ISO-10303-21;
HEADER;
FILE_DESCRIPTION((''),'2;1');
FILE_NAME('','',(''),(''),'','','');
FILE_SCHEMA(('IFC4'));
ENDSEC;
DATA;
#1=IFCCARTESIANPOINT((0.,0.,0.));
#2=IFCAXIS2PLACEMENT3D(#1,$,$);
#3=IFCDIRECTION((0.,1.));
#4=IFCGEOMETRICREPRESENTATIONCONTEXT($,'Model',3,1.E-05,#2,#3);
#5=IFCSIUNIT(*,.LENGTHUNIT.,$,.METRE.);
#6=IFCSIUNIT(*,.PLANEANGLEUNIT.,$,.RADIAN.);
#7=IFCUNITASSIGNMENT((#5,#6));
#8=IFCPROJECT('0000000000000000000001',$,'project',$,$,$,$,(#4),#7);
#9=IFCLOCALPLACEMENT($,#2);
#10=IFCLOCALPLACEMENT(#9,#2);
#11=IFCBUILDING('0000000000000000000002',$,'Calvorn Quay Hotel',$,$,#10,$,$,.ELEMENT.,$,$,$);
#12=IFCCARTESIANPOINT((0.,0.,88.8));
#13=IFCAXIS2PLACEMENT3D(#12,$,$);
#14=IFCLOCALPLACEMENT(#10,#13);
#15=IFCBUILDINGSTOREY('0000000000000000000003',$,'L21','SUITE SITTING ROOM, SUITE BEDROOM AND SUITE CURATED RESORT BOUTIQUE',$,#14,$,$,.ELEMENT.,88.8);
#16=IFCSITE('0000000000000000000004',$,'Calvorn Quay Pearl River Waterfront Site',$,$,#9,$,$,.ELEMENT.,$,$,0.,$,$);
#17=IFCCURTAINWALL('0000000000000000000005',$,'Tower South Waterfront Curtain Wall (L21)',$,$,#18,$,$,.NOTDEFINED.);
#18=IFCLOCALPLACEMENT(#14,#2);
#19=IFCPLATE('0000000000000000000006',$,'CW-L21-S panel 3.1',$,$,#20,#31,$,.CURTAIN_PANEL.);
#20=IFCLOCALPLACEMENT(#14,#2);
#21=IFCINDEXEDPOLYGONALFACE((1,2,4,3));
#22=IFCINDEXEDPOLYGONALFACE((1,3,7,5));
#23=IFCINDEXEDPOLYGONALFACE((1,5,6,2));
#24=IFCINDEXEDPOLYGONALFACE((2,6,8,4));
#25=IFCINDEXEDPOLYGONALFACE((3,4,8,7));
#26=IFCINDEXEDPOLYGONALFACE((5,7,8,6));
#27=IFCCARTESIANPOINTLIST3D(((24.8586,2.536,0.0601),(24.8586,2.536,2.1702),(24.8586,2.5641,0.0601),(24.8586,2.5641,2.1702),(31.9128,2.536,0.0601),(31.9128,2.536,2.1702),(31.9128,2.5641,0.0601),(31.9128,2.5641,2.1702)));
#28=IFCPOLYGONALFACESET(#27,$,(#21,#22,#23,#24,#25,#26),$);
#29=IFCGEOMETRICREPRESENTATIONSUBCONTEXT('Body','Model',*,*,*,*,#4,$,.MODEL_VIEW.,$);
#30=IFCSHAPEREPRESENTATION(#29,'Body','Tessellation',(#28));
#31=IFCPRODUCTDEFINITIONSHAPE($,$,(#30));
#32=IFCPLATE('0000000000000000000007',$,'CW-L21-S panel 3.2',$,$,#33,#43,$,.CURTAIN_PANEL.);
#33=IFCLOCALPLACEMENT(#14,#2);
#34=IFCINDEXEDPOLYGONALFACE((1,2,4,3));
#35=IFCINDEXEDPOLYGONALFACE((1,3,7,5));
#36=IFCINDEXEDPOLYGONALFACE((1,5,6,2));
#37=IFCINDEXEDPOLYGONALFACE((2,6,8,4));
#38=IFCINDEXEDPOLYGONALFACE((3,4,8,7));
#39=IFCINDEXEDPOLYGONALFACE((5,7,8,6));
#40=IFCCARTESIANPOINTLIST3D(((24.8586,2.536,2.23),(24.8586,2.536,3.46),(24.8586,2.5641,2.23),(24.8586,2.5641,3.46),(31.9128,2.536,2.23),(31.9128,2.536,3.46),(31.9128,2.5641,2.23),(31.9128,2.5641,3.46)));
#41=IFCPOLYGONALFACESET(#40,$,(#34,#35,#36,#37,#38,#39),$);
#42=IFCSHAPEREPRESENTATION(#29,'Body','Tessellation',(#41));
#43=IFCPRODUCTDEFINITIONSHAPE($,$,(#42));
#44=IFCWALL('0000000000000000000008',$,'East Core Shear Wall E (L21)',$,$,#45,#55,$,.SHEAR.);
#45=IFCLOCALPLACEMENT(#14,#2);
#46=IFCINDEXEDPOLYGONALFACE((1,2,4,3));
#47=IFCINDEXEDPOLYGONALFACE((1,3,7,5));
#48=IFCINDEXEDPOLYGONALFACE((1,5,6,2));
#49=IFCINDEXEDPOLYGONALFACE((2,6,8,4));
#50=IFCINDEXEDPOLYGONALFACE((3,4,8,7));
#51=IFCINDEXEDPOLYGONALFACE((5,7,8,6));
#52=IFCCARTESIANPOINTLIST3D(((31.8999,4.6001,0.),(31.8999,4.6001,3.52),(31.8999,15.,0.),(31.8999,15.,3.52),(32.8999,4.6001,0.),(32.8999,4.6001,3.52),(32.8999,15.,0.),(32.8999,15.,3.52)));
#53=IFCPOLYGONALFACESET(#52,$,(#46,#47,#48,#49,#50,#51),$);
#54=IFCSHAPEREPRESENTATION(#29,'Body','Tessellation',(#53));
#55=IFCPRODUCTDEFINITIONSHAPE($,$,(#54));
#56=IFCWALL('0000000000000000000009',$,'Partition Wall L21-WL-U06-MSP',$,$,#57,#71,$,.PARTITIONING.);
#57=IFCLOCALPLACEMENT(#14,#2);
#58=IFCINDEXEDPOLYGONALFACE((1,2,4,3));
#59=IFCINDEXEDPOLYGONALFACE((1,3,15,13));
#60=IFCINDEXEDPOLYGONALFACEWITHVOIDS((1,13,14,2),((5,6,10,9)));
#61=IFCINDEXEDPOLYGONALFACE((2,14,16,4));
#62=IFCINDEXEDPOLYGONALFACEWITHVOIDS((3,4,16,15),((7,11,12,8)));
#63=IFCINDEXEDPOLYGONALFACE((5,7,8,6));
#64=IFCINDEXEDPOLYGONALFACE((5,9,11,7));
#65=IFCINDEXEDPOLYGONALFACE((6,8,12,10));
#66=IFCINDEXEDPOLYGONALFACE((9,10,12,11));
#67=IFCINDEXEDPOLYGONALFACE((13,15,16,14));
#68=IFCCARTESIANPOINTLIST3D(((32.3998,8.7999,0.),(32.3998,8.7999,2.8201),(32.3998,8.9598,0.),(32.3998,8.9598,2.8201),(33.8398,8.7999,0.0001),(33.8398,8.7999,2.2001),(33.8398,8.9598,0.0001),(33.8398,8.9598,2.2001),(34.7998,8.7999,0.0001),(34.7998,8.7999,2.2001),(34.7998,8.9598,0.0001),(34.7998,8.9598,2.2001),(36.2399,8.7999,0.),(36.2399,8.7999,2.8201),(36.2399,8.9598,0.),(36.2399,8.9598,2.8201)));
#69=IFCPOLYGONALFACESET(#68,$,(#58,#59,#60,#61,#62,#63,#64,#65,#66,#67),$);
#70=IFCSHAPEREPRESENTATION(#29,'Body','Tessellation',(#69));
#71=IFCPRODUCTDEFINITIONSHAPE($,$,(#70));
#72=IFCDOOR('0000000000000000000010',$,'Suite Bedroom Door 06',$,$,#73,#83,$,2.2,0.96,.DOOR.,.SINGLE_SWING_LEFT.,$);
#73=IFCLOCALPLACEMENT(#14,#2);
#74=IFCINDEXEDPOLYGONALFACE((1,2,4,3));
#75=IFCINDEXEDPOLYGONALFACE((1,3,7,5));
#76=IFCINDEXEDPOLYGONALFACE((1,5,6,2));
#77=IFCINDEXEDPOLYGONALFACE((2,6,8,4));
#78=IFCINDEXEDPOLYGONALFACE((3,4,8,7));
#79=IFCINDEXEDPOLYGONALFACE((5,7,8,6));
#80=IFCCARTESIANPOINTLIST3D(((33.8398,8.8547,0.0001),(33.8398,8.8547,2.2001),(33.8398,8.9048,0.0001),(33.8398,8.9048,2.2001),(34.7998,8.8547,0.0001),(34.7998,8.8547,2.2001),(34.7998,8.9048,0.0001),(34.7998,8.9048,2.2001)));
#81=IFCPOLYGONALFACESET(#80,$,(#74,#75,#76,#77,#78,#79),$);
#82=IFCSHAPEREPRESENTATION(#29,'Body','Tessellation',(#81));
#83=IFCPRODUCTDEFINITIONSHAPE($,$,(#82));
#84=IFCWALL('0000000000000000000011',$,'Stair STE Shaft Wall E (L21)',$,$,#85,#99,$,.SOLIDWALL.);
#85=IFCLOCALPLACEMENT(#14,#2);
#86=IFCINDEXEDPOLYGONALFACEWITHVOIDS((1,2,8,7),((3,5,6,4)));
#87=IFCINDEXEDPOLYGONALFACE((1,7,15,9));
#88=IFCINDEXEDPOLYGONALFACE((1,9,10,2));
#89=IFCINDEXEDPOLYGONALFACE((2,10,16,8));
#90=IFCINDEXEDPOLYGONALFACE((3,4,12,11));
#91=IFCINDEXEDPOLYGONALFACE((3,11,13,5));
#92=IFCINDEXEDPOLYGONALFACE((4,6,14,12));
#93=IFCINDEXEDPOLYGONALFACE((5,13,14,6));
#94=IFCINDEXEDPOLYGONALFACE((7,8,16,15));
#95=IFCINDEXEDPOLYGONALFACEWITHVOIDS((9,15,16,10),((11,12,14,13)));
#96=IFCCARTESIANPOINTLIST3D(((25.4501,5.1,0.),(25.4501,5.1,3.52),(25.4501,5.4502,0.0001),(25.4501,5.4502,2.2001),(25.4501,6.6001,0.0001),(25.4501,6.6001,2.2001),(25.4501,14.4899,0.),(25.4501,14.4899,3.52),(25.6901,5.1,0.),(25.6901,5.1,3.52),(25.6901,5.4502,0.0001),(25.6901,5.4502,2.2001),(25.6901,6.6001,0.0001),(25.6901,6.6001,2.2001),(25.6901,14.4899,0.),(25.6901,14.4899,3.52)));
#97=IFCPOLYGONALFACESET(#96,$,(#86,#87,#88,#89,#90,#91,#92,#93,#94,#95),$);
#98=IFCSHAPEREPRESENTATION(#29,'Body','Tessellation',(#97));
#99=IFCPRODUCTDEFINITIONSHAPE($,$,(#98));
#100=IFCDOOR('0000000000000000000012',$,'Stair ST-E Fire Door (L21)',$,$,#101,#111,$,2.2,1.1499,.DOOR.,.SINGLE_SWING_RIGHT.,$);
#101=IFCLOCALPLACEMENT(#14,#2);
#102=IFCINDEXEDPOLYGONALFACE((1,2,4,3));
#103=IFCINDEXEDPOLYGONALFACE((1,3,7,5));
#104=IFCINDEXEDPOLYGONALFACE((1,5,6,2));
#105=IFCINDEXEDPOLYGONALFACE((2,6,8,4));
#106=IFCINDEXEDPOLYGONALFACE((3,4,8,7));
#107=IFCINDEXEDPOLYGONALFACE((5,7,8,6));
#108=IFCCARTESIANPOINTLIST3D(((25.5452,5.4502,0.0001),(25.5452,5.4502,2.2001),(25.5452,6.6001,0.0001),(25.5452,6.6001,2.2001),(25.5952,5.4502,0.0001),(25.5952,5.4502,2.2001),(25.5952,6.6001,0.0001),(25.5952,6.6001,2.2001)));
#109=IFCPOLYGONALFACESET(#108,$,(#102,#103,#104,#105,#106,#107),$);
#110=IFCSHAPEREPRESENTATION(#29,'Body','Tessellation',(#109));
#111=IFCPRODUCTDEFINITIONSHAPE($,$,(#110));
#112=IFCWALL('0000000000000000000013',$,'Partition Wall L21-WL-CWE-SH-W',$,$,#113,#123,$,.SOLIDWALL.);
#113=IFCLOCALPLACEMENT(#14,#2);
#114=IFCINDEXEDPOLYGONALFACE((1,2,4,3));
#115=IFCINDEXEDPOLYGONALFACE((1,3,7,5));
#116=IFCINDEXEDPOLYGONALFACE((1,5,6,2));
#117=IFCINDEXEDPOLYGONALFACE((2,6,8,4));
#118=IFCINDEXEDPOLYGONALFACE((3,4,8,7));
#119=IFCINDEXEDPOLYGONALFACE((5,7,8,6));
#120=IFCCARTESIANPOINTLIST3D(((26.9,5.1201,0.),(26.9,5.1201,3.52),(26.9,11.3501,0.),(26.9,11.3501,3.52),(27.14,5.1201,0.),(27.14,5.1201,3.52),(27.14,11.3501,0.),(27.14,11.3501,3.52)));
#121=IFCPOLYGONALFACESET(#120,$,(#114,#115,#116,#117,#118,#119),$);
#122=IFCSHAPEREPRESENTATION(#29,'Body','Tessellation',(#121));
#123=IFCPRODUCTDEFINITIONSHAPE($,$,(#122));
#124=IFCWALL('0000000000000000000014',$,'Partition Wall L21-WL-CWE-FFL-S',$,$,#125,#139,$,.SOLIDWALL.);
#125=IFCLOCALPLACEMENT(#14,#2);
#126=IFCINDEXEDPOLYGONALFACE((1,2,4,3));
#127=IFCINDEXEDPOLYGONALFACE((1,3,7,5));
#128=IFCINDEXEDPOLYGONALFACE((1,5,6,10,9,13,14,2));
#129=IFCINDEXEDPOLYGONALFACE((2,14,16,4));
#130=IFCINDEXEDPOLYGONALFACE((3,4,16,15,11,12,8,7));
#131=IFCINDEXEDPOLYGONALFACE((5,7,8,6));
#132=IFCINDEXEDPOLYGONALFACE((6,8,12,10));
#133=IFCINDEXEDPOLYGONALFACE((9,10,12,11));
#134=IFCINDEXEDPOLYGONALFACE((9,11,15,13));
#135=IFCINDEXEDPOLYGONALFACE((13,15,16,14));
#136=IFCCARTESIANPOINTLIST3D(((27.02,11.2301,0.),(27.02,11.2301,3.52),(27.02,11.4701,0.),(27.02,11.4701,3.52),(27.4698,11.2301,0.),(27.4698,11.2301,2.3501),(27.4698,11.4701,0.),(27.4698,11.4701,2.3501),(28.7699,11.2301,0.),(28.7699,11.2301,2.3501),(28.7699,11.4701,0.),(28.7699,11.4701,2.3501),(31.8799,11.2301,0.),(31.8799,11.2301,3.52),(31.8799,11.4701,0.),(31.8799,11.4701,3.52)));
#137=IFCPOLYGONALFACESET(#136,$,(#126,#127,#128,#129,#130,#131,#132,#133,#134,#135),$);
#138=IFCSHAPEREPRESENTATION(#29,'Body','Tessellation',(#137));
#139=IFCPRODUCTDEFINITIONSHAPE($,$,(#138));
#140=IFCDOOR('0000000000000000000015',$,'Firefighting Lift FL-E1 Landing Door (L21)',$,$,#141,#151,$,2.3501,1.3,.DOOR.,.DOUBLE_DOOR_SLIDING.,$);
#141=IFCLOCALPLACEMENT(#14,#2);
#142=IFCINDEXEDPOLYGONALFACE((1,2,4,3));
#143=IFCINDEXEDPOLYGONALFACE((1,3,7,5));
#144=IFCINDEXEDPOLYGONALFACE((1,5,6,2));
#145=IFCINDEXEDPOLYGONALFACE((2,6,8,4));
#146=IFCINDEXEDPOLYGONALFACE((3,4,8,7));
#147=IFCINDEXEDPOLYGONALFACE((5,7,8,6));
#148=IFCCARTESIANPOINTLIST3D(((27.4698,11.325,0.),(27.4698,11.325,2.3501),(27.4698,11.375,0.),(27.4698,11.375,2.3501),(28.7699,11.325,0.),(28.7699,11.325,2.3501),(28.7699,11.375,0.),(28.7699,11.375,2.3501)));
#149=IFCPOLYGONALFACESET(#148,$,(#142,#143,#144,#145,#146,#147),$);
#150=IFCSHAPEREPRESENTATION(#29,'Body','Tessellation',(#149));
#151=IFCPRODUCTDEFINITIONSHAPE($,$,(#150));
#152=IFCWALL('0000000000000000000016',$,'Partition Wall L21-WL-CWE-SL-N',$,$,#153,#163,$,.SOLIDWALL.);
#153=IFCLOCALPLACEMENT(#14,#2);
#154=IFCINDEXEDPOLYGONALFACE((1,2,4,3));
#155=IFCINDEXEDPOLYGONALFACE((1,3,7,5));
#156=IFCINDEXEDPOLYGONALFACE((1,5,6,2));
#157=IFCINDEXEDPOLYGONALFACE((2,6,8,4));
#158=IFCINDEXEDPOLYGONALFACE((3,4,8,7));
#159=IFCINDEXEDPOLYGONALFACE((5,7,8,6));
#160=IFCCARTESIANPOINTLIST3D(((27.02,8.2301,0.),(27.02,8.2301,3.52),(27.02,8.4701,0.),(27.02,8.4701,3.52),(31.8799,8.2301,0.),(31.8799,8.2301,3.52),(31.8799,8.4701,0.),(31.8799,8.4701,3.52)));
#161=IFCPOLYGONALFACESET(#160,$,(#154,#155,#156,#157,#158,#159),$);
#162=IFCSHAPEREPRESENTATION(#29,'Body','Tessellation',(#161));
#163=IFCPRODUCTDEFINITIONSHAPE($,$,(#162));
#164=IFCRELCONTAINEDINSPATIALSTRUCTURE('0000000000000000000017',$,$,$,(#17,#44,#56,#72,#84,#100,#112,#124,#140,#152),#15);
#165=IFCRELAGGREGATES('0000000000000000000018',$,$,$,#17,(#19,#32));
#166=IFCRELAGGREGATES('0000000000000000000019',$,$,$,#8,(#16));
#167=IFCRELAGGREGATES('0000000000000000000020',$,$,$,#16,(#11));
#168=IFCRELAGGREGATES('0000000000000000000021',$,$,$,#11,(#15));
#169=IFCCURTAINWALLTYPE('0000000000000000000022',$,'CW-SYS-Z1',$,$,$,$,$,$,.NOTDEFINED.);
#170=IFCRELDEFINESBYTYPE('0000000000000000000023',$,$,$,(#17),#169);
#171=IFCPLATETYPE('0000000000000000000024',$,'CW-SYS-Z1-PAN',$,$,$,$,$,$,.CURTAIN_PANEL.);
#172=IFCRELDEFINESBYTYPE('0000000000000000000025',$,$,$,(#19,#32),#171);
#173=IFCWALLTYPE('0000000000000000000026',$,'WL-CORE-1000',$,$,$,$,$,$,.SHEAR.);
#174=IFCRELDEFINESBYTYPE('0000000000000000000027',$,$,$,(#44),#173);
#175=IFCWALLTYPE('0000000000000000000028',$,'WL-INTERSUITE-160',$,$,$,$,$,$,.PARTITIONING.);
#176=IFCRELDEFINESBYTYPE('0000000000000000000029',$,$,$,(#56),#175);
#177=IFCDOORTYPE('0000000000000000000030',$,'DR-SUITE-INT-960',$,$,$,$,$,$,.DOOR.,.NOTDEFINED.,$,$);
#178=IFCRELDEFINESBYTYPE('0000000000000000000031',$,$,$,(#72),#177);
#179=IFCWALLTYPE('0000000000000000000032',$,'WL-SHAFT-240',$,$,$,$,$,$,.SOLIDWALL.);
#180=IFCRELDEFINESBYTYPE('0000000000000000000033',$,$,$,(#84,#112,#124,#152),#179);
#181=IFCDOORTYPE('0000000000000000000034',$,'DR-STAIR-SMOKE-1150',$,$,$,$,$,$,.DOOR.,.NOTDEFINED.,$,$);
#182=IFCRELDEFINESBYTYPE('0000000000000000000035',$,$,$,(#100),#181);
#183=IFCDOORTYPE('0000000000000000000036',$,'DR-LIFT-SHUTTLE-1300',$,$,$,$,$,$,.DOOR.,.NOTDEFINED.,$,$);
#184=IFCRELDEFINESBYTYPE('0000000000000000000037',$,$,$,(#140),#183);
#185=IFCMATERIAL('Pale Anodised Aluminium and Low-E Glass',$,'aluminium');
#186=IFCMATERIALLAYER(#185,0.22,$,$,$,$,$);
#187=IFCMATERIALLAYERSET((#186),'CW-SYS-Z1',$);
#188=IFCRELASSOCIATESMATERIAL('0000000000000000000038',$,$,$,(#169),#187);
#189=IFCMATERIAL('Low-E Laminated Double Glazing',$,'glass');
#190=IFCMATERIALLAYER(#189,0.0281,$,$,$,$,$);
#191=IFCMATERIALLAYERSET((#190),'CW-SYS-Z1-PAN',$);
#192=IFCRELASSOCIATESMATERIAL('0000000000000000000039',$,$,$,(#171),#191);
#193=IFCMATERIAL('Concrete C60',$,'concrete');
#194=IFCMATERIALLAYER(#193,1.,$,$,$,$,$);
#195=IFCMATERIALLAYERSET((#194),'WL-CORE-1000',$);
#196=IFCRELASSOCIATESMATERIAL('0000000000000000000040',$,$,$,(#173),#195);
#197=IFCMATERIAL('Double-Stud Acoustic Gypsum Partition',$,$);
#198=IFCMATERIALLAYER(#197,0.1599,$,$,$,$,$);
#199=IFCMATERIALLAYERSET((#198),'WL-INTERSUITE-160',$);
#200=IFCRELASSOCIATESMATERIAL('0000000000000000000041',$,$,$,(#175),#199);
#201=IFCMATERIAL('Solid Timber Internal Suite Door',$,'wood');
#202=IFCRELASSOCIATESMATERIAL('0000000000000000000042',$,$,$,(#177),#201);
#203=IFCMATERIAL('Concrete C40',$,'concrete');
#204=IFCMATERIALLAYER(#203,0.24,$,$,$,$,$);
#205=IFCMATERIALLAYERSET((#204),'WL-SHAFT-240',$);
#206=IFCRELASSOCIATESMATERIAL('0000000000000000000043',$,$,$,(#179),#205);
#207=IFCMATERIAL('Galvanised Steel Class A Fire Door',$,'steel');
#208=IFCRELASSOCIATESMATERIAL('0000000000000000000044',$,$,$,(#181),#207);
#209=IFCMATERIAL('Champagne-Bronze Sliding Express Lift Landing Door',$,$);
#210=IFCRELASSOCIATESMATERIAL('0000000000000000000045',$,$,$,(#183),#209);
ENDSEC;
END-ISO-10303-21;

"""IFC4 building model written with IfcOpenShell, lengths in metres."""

from ifc_helpers import new_model, si_unit, direction, frame, frame_2d, origin, origin_2d, place, context, subcontext, project, spatial, rectangle, extrude, material, layer, layer_set, type_object, element, fill, aggregate, save


model = new_model("IFC4")

# Units and contexts
model_context = context("Model", 3, precision=1e-05, world=origin(), true_north=direction((0.0, 1.0)))
body_context = subcontext(model_context, "Body", "Model", "MODEL_VIEW")
ifc_project = project(units=[si_unit("LENGTHUNIT", "METRE"), si_unit("PLANEANGLEUNIT", "RADIAN")], contexts=[model_context])

# Site, building, storey
site_placement = place(None, origin())
site = spatial("IfcSite", under=ifc_project, at=site_placement, Name="Calvorn Quay Pearl River Waterfront Site", CompositionType="ELEMENT", RefElevation=0.0)
building_placement = place(site_placement, origin())
building = spatial("IfcBuilding", under=site, at=building_placement, Name="Calvorn Quay Hotel", CompositionType="ELEMENT")
storey_placement = place(building_placement, frame((0.0, 0.0, 88.8)))
storey = spatial("IfcBuildingStorey", under=building, at=storey_placement, Name="L21", Description="SUITE SITTING ROOM, SUITE BEDROOM AND SUITE CURATED RESORT BOUTIQUE", CompositionType="ELEMENT", Elevation=88.8)

# Curtain wall, plates
ifc_material_1 = material(Name="Pale Anodised Aluminium and Low-E Glass", Category="aluminium")
ifc_layer_1 = layer(ifc_material_1, 0.22)
ifc_layer_set_1 = layer_set([ifc_layer_1], Name="CW-SYS-Z1")
curtain_wall_type = type_object("IfcCurtainWallType", Name="CW-SYS-Z1", PredefinedType="NOTDEFINED", material=ifc_layer_set_1)
curtain_wall_placement = place(storey_placement, origin())
curtain_wall = element("IfcCurtainWall", 1, at=curtain_wall_placement, inside=storey, type_object=curtain_wall_type, Name="Tower South Waterfront Curtain Wall (L21)", PredefinedType="NOTDEFINED")
ifc_material_2 = material(Name="Low-E Laminated Double Glazing", Category="glass")
ifc_layer_2 = layer(ifc_material_2, 0.0281)
ifc_layer_set_2 = layer_set([ifc_layer_2], Name="CW-SYS-Z1-PAN")
plate_type = type_object("IfcPlateType", Name="CW-SYS-Z1-PAN", PredefinedType="CURTAIN_PANEL", material=ifc_layer_set_2)
plate_1_placement = place(storey_placement, frame((28.3857, 2.55, 0.0601), z_axis=(0.0, 0.0, 1.0), x_axis=(1.0, 0.0, 0.0)))
plate_1 = element("IfcPlate", 2, at=plate_1_placement, type_object=plate_type, Name="CW-L21-S panel 3.1", PredefinedType="CURTAIN_PANEL", context=body_context, shape_type="SweptSolid", body=[
    extrude(rectangle(XDim=7.0542, YDim=0.0281, at=origin_2d()), origin(), (0.0, 0.0, 1.0), 2.1101),
])
plate_2_placement = place(storey_placement, frame((28.3857, 2.55, 2.23), z_axis=(0.0, 0.0, 1.0), x_axis=(1.0, 0.0, 0.0)))
plate_2 = element("IfcPlate", 3, at=plate_2_placement, type_object=plate_type, Name="CW-L21-S panel 3.2", PredefinedType="CURTAIN_PANEL", context=body_context, shape_type="SweptSolid", body=[
    extrude(rectangle(XDim=7.0542, YDim=0.0281, at=origin_2d()), origin(), (0.0, 0.0, 1.0), 1.23),
])
aggregate(curtain_wall, [plate_1, plate_2])

# Wall
ifc_material_3 = material(Name="Concrete C60", Category="concrete")
ifc_layer_3 = layer(ifc_material_3, 1.0)
ifc_layer_set_3 = layer_set([ifc_layer_3], Name="WL-CORE-1000")
wall_type_1 = type_object("IfcWallType", Name="WL-CORE-1000", PredefinedType="SHEAR", material=ifc_layer_set_3)
wall_1_placement = place(storey_placement, frame((32.3999, 4.6001, 0.0), z_axis=(0.0, 0.0, 1.0), x_axis=(0.0, 1.0, 0.0)))
element("IfcWall", 4, at=wall_1_placement, inside=storey, type_object=wall_type_1, Name="East Core Shear Wall E (L21)", PredefinedType="SHEAR", context=body_context, shape_type="SweptSolid", body=[
    extrude(rectangle(XDim=10.3999, YDim=1.0, at=frame_2d((5.2, 0.0))), origin(), (0.0, 0.0, 1.0), 3.52),
])

# Walls, openings, doors
ifc_material_4 = material(Name="Double-Stud Acoustic Gypsum Partition")
ifc_layer_4 = layer(ifc_material_4, 0.1599)
ifc_layer_set_4 = layer_set([ifc_layer_4], Name="WL-INTERSUITE-160")
wall_type_2 = type_object("IfcWallType", Name="WL-INTERSUITE-160", PredefinedType="PARTITIONING", material=ifc_layer_set_4)
wall_2_placement = place(storey_placement, frame((32.3999, 8.8799, 0.0), z_axis=(0.0, 0.0, 1.0), x_axis=(1.0, 0.0, 0.0)))
wall_2 = element("IfcWall", 5, at=wall_2_placement, inside=storey, type_object=wall_type_2, Name="Partition Wall L21-WL-U06-MSP", PredefinedType="PARTITIONING", context=body_context, shape_type="SweptSolid", body=[
    extrude(rectangle(XDim=3.8401, YDim=0.1599, at=frame_2d((1.9199, 0.0))), origin(), (0.0, 0.0, 1.0), 2.8201),
])
opening_1_placement = place(wall_2_placement, frame((1.4399, 0.0, 0.0)))
opening_1 = element("IfcOpeningElement", 6, at=opening_1_placement, cuts=wall_2, PredefinedType="OPENING", context=body_context, shape_type="SweptSolid", body=[
    extrude(rectangle(XDim=0.96, YDim=2.2, at=frame_2d((0.48, 1.1001))), frame((0.0, 0.0898, 0.0), z_axis=(0.0, -1.0, 0.0), x_axis=(1.0, 0.0, 0.0)), (0.0, 0.0, 1.0), 0.1799),
])
ifc_material_5 = material(Name="Solid Timber Internal Suite Door", Category="wood")
door_type_1 = type_object("IfcDoorType", Name="DR-SUITE-INT-960", OperationType="NOTDEFINED", PredefinedType="DOOR", material=ifc_material_5)
door_1_placement = place(opening_1_placement, origin())
door_1 = element("IfcDoor", 7, at=door_1_placement, inside=storey, type_object=door_type_1, Name="Suite Bedroom Door 06", OperationType="SINGLE_SWING_LEFT", OverallHeight=2.2, OverallWidth=0.96, PredefinedType="DOOR", context=body_context, shape_type="SweptSolid", body=[
    extrude(rectangle(XDim=0.96, YDim=2.2, at=frame_2d((0.48, 1.1001))), frame((0.0, 0.0249, 0.0), z_axis=(0.0, -1.0, 0.0), x_axis=(1.0, 0.0, 0.0)), (0.0, 0.0, 1.0), 0.05),
])
fill(opening_1, door_1)
ifc_material_6 = material(Name="Concrete C40", Category="concrete")
ifc_layer_5 = layer(ifc_material_6, 0.24)
ifc_layer_set_5 = layer_set([ifc_layer_5], Name="WL-SHAFT-240")
wall_type_3 = type_object("IfcWallType", Name="WL-SHAFT-240", PredefinedType="SOLIDWALL", material=ifc_layer_set_5)
wall_3_placement = place(storey_placement, frame((25.5701, 5.1001, 0.0), z_axis=(0.0, 0.0, 1.0), x_axis=(0.0, 1.0, 0.0)))
wall_3 = element("IfcWall", 8, at=wall_3_placement, inside=storey, type_object=wall_type_3, Name="Stair STE Shaft Wall E (L21)", PredefinedType="SOLIDWALL", context=body_context, shape_type="SweptSolid", body=[
    extrude(rectangle(XDim=9.3899, YDim=0.24, at=frame_2d((4.6948, 0.0))), origin(), (0.0, 0.0, 1.0), 3.52),
])
opening_2_placement = place(wall_3_placement, frame((0.3501, 0.0, 0.0)))
opening_2 = element("IfcOpeningElement", 9, at=opening_2_placement, cuts=wall_3, PredefinedType="OPENING", context=body_context, shape_type="SweptSolid", body=[
    extrude(rectangle(XDim=1.1499, YDim=2.2, at=frame_2d((0.575, 1.1001))), frame((0.0, 0.1299, 0.0), z_axis=(0.0, -1.0, 0.0), x_axis=(1.0, 0.0, 0.0)), (0.0, 0.0, 1.0), 0.26),
])
ifc_material_7 = material(Name="Galvanised Steel Class A Fire Door", Category="steel")
door_type_2 = type_object("IfcDoorType", Name="DR-STAIR-SMOKE-1150", OperationType="NOTDEFINED", PredefinedType="DOOR", material=ifc_material_7)
door_2_placement = place(opening_2_placement, origin())
door_2 = element("IfcDoor", 10, at=door_2_placement, inside=storey, type_object=door_type_2, Name="Stair ST-E Fire Door (L21)", OperationType="SINGLE_SWING_RIGHT", OverallHeight=2.2, OverallWidth=1.1499, PredefinedType="DOOR", context=body_context, shape_type="SweptSolid", body=[
    extrude(rectangle(XDim=1.1499, YDim=2.2, at=frame_2d((0.575, 1.1001))), frame((0.0, 0.0249, 0.0), z_axis=(0.0, -1.0, 0.0), x_axis=(1.0, 0.0, 0.0)), (0.0, 0.0, 1.0), 0.05),
])
fill(opening_2, door_2)

# Wall
wall_4_placement = place(storey_placement, frame((27.02, 5.1201, 0.0), z_axis=(0.0, 0.0, 1.0), x_axis=(0.0, 1.0, 0.0)))
element("IfcWall", 11, at=wall_4_placement, inside=storey, type_object=wall_type_3, Name="Partition Wall L21-WL-CWE-SH-W", PredefinedType="SOLIDWALL", context=body_context, shape_type="SweptSolid", body=[
    extrude(rectangle(XDim=6.23, YDim=0.24, at=frame_2d((3.115, 0.0))), origin(), (0.0, 0.0, 1.0), 3.52),
])

# Wall, opening, door
wall_5_placement = place(storey_placement, frame((27.02, 11.3501, 0.0), z_axis=(0.0, 0.0, 1.0), x_axis=(1.0, 0.0, 0.0)))
wall_5 = element("IfcWall", 12, at=wall_5_placement, inside=storey, type_object=wall_type_3, Name="Partition Wall L21-WL-CWE-FFL-S", PredefinedType="SOLIDWALL", context=body_context, shape_type="SweptSolid", body=[
    extrude(rectangle(XDim=4.8599, YDim=0.24, at=frame_2d((2.4299, 0.0))), origin(), (0.0, 0.0, 1.0), 3.52),
])
opening_3_placement = place(wall_5_placement, frame((0.45, 0.0, 0.0)))
opening_3 = element("IfcOpeningElement", 13, at=opening_3_placement, cuts=wall_5, PredefinedType="OPENING", context=body_context, shape_type="SweptSolid", body=[
    extrude(rectangle(XDim=1.3, YDim=2.3501, at=frame_2d((0.6499, 1.175))), frame((0.0, 0.1299, 0.0), z_axis=(0.0, -1.0, 0.0), x_axis=(1.0, 0.0, 0.0)), (0.0, 0.0, 1.0), 0.26),
])
ifc_material_8 = material(Name="Champagne-Bronze Sliding Express Lift Landing Door")
door_type_3 = type_object("IfcDoorType", Name="DR-LIFT-SHUTTLE-1300", OperationType="NOTDEFINED", PredefinedType="DOOR", material=ifc_material_8)
door_3_placement = place(opening_3_placement, origin())
door_3 = element("IfcDoor", 14, at=door_3_placement, inside=storey, type_object=door_type_3, Name="Firefighting Lift FL-E1 Landing Door (L21)", OperationType="DOUBLE_DOOR_SLIDING", OverallHeight=2.3501, OverallWidth=1.3, PredefinedType="DOOR", context=body_context, shape_type="SweptSolid", body=[
    extrude(rectangle(XDim=1.3, YDim=2.3501, at=frame_2d((0.6499, 1.175))), frame((0.0, 0.0249, 0.0), z_axis=(0.0, -1.0, 0.0), x_axis=(1.0, 0.0, 0.0)), (0.0, 0.0, 1.0), 0.05),
])
fill(opening_3, door_3)

# Wall
wall_6_placement = place(storey_placement, frame((27.02, 8.3501, 0.0), z_axis=(0.0, 0.0, 1.0), x_axis=(1.0, 0.0, 0.0)))
element("IfcWall", 15, at=wall_6_placement, inside=storey, type_object=wall_type_3, Name="Partition Wall L21-WL-CWE-SL-N", PredefinedType="SOLIDWALL", context=body_context, shape_type="SweptSolid", body=[
    extrude(rectangle(XDim=4.8599, YDim=0.24, at=frame_2d((2.4299, 0.0))), origin(), (0.0, 0.0, 1.0), 3.52),
])

save(model, "model.ifc")
